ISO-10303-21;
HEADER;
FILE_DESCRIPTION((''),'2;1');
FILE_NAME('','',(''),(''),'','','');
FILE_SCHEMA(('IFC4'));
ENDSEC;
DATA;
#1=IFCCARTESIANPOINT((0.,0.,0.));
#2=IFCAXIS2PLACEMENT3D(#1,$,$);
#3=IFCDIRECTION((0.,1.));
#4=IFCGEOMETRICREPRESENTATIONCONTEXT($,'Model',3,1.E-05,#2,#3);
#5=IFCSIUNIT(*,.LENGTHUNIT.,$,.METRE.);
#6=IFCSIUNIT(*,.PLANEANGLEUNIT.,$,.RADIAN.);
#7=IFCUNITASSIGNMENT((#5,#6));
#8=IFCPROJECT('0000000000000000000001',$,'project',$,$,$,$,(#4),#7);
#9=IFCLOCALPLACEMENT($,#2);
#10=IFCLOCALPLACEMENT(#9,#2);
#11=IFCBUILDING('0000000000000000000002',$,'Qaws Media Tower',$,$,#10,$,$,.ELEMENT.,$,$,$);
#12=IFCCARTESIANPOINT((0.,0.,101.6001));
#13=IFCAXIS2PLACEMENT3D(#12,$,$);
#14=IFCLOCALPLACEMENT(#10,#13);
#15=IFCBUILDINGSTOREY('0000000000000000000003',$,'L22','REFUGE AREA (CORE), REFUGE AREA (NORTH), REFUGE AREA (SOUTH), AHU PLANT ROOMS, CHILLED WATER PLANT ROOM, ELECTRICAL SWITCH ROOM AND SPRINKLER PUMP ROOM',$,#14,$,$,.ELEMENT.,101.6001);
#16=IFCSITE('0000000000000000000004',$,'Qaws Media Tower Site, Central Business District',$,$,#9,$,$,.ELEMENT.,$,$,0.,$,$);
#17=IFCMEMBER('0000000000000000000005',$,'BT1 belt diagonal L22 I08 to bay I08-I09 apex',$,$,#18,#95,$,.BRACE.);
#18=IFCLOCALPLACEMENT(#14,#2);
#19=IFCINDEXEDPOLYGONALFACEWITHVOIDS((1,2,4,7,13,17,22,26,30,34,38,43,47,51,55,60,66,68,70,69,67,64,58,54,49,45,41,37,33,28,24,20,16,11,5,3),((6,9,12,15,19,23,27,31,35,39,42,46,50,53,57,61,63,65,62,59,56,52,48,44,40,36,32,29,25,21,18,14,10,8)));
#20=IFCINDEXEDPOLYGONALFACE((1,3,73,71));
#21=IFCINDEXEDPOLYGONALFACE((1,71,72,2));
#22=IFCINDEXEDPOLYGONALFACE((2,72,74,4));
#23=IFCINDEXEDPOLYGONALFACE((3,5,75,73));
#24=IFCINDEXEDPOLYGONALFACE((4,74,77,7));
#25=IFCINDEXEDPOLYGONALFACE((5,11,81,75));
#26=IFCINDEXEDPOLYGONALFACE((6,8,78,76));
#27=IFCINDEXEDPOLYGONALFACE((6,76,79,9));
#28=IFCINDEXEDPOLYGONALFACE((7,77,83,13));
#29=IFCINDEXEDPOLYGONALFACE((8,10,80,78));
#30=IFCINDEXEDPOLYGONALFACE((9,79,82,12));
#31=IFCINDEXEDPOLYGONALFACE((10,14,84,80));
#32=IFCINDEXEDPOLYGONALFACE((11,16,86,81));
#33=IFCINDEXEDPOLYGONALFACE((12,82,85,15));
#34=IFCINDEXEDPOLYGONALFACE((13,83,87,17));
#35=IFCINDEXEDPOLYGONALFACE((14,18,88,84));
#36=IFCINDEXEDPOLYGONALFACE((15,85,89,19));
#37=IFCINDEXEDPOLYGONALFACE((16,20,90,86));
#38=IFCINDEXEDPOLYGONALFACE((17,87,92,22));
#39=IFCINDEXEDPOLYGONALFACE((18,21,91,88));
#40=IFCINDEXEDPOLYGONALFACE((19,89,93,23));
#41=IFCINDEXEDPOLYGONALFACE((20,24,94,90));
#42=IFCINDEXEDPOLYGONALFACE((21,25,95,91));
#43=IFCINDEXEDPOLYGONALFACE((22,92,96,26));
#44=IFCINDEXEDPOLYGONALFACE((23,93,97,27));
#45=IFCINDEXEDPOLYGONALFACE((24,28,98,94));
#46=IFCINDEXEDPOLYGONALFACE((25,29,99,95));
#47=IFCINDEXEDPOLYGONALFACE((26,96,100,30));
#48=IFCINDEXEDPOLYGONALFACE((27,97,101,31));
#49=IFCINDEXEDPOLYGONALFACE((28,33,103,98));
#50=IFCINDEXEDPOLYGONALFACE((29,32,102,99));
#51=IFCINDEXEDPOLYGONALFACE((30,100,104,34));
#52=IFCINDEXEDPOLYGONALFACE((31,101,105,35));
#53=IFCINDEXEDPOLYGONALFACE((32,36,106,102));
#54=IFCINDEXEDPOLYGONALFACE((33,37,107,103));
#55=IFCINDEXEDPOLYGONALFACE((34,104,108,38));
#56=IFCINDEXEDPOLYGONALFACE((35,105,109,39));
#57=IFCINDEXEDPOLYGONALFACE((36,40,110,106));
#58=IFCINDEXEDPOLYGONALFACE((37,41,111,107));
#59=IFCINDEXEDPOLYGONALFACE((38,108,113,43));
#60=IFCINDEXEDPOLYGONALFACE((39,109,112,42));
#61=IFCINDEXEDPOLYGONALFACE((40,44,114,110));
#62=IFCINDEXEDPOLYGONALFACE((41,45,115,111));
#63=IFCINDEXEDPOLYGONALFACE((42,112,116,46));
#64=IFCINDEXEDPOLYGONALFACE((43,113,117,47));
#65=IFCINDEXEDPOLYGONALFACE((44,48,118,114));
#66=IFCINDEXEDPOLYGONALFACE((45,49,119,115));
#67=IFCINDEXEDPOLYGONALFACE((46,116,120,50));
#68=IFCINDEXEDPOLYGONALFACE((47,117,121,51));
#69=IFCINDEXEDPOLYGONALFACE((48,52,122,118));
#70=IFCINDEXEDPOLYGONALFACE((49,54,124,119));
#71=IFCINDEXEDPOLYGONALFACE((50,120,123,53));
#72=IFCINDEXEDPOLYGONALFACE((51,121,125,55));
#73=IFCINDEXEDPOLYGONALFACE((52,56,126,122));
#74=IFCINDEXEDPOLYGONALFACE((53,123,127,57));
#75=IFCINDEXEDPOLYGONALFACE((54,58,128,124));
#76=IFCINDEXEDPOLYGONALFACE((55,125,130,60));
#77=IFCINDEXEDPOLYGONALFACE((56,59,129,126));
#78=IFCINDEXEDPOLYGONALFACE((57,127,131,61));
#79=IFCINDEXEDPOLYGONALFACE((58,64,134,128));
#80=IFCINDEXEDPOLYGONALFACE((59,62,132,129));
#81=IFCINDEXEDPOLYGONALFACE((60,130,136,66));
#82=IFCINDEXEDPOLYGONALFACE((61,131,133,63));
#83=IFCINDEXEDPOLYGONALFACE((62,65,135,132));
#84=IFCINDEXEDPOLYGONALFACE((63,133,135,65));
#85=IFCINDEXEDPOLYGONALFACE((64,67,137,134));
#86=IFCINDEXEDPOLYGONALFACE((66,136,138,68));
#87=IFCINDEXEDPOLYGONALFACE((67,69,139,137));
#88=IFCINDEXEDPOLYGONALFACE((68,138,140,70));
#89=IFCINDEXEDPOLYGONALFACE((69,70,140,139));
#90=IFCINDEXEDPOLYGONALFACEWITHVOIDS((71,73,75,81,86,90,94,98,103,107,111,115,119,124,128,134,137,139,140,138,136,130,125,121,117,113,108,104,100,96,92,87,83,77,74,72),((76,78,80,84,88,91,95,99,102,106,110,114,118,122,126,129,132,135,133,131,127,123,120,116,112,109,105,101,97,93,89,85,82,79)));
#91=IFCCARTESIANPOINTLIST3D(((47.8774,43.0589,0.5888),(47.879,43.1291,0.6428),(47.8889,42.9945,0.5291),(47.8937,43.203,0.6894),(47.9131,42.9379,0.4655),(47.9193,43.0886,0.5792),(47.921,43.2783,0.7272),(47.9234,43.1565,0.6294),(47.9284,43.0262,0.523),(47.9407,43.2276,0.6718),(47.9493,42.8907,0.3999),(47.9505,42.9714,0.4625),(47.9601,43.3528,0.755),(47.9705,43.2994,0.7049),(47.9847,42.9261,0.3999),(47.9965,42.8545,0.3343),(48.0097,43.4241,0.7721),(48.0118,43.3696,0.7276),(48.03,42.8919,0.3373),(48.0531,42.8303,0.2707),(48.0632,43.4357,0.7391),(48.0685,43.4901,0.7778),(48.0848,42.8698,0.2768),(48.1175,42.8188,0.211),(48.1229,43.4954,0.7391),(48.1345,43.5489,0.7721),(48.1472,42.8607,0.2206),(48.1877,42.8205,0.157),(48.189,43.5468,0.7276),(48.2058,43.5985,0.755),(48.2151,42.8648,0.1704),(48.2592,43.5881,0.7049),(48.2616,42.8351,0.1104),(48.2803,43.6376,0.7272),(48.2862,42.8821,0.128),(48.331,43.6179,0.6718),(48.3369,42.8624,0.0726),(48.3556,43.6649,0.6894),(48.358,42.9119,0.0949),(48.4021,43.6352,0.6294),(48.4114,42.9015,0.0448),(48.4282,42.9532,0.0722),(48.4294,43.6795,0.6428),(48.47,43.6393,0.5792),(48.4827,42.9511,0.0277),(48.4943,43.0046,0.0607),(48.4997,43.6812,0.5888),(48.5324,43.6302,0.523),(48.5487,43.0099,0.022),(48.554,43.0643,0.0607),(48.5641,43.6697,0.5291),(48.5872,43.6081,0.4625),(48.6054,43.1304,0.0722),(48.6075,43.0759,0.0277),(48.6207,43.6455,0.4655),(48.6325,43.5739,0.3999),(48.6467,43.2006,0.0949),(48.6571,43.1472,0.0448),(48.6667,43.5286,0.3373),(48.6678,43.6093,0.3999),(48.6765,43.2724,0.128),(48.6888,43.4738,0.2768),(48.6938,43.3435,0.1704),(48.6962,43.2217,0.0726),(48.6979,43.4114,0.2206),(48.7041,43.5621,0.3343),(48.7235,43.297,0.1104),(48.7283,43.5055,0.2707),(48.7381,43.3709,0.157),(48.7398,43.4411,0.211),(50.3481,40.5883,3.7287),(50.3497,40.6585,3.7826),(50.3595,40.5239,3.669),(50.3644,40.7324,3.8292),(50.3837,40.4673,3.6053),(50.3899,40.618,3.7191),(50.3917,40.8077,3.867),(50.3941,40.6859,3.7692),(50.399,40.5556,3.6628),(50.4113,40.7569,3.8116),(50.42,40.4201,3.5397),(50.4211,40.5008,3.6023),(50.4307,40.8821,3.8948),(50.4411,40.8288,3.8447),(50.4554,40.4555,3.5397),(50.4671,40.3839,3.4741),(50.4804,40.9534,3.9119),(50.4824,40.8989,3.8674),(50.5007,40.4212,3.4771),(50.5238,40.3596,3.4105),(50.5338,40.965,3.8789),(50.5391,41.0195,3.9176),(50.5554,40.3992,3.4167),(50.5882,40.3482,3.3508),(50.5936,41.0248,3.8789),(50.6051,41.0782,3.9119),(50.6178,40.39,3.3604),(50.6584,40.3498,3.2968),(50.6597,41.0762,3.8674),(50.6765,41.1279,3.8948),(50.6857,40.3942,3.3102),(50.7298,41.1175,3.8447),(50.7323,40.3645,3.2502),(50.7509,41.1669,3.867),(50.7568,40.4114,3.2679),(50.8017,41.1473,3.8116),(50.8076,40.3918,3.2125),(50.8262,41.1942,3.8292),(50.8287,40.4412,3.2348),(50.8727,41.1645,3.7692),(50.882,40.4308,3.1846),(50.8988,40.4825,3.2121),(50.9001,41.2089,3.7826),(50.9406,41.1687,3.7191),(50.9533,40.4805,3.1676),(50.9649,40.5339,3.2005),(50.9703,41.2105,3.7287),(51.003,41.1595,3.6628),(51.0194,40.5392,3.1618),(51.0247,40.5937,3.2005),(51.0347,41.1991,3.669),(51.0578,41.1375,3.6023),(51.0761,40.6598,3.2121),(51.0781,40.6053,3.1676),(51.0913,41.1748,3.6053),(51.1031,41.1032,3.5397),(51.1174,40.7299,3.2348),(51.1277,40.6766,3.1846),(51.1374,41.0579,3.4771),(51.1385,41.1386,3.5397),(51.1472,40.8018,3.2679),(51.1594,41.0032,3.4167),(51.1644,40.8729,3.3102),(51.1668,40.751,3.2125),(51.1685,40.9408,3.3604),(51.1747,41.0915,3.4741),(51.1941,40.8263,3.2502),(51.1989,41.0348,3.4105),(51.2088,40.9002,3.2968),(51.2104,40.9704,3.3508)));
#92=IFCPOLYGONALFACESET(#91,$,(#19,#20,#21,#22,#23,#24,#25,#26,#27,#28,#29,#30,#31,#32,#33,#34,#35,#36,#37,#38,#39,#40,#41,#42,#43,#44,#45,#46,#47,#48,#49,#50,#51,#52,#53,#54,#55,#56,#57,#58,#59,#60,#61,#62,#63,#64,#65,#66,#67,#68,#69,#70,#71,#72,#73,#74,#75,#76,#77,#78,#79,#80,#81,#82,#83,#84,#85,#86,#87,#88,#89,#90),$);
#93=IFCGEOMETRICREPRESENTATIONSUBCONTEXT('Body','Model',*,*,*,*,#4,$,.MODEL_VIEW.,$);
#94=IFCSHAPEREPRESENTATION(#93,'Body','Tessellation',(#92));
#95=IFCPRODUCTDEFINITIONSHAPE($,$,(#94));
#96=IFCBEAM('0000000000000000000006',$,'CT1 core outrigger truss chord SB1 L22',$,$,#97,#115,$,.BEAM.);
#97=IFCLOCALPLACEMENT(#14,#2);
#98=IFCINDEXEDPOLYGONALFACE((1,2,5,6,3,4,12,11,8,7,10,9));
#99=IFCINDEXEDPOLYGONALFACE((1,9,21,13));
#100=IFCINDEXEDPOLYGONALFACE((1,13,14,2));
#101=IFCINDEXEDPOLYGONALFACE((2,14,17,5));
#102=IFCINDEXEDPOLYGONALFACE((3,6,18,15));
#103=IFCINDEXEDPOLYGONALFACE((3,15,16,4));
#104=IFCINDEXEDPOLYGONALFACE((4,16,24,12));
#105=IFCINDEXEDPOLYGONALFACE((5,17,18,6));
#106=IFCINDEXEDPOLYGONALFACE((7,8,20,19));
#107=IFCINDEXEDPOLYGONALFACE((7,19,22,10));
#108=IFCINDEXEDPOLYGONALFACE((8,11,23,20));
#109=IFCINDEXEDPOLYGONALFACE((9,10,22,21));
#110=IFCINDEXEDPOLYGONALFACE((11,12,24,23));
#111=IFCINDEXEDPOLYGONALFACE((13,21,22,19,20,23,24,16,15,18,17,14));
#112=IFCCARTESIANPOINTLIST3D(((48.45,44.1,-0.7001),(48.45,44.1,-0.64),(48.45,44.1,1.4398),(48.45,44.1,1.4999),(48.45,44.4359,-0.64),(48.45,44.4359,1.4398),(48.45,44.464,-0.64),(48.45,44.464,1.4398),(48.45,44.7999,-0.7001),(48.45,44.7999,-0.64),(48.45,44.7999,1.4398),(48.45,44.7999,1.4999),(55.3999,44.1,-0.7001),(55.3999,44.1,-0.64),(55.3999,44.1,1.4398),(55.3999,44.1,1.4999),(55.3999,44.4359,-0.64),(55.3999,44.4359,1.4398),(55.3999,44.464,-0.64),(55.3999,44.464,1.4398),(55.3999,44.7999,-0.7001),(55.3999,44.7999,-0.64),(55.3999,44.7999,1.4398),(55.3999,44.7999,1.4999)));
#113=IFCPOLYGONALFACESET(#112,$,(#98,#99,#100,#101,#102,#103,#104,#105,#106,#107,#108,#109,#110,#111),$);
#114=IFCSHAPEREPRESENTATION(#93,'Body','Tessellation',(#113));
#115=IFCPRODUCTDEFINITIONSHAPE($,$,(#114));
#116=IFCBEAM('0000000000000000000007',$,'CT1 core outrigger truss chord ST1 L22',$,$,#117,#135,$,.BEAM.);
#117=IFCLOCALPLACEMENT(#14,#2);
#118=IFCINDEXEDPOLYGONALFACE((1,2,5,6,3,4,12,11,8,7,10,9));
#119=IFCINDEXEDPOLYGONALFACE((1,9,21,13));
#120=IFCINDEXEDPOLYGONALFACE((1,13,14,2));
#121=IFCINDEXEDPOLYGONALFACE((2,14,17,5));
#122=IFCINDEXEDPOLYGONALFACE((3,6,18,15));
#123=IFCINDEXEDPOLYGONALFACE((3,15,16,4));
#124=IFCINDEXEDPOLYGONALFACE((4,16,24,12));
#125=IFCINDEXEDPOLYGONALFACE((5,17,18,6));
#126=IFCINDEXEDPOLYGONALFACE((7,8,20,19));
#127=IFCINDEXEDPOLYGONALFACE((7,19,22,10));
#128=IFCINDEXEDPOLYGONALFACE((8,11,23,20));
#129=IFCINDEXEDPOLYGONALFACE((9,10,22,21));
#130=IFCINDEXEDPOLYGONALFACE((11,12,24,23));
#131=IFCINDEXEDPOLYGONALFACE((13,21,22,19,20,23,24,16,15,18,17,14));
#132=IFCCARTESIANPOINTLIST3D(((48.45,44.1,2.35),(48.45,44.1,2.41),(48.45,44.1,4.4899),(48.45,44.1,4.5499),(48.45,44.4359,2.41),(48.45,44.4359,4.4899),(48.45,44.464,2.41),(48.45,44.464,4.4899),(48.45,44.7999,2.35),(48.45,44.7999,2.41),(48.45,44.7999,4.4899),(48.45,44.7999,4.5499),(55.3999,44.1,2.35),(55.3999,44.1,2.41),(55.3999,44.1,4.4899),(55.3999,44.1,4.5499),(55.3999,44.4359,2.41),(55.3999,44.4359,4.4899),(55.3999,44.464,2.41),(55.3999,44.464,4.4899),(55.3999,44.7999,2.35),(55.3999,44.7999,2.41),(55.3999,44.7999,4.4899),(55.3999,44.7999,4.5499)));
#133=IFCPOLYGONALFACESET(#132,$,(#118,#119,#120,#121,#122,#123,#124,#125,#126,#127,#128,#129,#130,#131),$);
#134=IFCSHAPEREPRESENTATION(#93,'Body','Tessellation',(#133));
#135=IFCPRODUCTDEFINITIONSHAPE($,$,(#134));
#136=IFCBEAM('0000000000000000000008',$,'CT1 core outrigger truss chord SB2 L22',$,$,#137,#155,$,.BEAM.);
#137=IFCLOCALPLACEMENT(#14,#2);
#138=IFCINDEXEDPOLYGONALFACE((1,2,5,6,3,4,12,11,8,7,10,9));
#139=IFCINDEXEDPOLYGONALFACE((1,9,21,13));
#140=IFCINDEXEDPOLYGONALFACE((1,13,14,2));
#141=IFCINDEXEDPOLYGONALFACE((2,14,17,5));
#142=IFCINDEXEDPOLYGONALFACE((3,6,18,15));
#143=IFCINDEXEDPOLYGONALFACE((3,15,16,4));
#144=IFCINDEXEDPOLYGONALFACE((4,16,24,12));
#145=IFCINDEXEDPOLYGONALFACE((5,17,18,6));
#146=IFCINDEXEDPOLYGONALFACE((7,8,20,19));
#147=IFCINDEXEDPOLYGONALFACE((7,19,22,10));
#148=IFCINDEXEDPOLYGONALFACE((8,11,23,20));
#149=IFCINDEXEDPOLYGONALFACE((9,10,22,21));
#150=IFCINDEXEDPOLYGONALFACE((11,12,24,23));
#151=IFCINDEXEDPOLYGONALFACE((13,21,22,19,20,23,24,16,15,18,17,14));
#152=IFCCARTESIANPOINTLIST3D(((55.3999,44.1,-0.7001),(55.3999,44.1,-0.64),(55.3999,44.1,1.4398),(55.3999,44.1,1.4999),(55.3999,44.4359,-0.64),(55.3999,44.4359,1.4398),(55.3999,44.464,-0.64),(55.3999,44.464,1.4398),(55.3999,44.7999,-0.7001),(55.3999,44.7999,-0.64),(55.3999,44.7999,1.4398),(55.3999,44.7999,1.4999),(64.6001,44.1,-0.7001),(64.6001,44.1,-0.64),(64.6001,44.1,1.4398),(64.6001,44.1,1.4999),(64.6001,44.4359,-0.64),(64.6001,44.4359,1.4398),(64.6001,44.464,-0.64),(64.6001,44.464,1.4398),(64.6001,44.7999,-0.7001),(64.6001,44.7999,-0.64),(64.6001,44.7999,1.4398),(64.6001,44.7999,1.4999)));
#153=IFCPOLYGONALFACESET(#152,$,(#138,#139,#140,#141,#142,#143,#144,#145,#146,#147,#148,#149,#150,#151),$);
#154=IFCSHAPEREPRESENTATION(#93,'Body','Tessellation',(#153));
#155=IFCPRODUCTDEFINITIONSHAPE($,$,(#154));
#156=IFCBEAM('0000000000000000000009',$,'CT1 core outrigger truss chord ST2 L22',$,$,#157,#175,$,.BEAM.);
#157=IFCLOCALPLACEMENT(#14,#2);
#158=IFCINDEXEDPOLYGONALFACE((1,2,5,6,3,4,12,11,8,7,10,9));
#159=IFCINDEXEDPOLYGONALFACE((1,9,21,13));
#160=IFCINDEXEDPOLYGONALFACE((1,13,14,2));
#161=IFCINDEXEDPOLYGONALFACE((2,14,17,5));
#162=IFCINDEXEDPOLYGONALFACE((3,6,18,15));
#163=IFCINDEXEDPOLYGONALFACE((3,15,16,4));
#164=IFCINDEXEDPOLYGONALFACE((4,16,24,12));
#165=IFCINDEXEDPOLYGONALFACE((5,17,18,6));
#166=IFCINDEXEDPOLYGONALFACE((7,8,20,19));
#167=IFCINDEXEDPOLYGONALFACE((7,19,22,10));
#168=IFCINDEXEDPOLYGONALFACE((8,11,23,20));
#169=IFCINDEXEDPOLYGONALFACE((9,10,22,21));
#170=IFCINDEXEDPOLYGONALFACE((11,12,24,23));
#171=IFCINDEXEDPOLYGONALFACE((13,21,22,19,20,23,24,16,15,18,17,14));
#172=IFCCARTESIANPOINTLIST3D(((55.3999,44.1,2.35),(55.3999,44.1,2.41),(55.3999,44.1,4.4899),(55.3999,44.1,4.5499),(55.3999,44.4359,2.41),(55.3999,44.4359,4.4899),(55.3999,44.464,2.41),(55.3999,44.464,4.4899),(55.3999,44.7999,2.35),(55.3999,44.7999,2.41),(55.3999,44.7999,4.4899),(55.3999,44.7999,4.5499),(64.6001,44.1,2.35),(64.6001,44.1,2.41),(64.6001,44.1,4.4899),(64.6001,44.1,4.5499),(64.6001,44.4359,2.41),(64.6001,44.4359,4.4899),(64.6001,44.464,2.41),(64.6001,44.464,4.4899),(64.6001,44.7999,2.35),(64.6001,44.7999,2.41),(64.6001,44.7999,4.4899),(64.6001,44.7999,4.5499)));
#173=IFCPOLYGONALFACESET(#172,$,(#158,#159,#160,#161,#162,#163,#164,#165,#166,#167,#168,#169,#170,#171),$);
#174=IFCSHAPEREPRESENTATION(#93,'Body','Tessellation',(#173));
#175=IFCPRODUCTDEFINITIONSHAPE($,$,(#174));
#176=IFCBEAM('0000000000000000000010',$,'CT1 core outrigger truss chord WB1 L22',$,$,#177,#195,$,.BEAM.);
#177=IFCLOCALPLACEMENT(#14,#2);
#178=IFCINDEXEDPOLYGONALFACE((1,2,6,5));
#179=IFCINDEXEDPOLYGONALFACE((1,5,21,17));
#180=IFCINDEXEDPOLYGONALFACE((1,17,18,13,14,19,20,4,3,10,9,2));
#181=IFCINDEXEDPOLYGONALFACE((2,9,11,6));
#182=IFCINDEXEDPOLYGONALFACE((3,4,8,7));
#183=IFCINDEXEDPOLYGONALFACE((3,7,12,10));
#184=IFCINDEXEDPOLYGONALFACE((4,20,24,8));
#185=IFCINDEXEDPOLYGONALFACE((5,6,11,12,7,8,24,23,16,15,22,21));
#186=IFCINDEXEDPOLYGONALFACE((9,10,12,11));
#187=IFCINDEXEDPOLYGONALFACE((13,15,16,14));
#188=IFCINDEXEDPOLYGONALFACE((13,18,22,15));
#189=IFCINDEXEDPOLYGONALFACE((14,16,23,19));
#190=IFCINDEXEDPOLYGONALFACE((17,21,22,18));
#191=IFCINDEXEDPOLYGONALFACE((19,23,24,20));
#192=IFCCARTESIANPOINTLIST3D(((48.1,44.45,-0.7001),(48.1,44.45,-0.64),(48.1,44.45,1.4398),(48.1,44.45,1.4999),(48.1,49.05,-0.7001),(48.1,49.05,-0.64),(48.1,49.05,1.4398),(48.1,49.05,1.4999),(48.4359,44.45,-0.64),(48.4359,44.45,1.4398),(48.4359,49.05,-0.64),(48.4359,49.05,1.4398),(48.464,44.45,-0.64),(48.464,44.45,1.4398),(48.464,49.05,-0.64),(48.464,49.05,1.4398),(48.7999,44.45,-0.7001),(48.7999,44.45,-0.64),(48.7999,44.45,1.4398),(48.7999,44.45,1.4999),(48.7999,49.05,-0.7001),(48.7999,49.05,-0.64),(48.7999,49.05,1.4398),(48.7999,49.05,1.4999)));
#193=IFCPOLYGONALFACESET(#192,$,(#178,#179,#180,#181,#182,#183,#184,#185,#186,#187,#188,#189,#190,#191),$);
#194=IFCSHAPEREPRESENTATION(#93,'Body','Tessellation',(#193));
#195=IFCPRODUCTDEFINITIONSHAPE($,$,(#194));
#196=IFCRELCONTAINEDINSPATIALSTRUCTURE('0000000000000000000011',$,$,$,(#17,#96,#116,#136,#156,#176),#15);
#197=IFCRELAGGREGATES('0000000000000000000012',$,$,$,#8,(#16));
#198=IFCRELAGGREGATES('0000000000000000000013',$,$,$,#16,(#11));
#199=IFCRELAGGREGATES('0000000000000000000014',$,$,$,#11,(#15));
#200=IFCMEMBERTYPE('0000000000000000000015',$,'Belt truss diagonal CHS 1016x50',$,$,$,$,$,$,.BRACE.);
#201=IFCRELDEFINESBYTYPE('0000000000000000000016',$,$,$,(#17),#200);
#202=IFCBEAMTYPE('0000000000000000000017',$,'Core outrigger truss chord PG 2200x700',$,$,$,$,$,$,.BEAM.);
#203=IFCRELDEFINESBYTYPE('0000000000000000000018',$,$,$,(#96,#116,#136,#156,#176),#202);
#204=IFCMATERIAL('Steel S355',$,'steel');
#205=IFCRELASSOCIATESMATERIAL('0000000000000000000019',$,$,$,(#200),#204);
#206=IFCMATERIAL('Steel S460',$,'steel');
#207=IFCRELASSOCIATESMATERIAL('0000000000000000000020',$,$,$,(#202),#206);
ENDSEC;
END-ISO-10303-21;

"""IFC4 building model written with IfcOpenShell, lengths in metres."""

from ifc_helpers import new_model, si_unit, direction, frame, origin, origin_2d, place, context, subcontext, project, spatial, hollow_circle, i_section, extrude, material, material_profile, profile_set, type_object, element, save


model = new_model("IFC4")

# Units and contexts
model_context = context("Model", 3, precision=1e-05, world=origin(), true_north=direction((0.0, 1.0)))
body_context = subcontext(model_context, "Body", "Model", "MODEL_VIEW")
ifc_project = project(units=[si_unit("LENGTHUNIT", "METRE"), si_unit("PLANEANGLEUNIT", "RADIAN")], contexts=[model_context])

# Site, building, storey
site_placement = place(None, origin())
site = spatial("IfcSite", under=ifc_project, at=site_placement, Name="Qaws Media Tower Site, Central Business District", CompositionType="ELEMENT", RefElevation=0.0)
building_placement = place(site_placement, origin())
building = spatial("IfcBuilding", under=site, at=building_placement, Name="Qaws Media Tower", CompositionType="ELEMENT")
storey_placement = place(building_placement, frame((0.0, 0.0, 101.6001)))
storey = spatial("IfcBuildingStorey", under=building, at=storey_placement, Name="L22", Description="REFUGE AREA (CORE), REFUGE AREA (NORTH), REFUGE AREA (SOUTH), AHU PLANT ROOMS, CHILLED WATER PLANT ROOM, ELECTRICAL SWITCH ROOM AND SPRINKLER PUMP ROOM", CompositionType="ELEMENT", Elevation=101.6001)

# Member
ifc_material_1 = material(Name="Steel S355", Category="steel")
ifc_material_profile_1 = material_profile(ifc_material_1, hollow_circle(Radius=0.5081, WallThickness=0.05, at=origin_2d()), Name="CHS 1016x50")
ifc_profile_set_1 = profile_set([ifc_material_profile_1], Name="Steel S355")
member_type_1 = type_object("IfcMemberType", Name="Belt truss diagonal CHS 1016x50", PredefinedType="BRACE", material=ifc_profile_set_1)
for number, where, z_axis, x_axis, name in (
    (1, (48.3086, 43.25, 0.3999), (0.525947, -0.525947, 0.6684), (0.707107, 0.707107, 0.0), "BT1 belt diagonal L22 I08 to bay I08-I09 apex"),
):
    element("IfcMember", number, at=place(storey_placement, frame(where, z_axis=z_axis, x_axis=x_axis)), inside=storey, type_object=member_type_1, Name=name, PredefinedType="BRACE", context=body_context, shape_type="SweptSolid", body=[
        extrude(hollow_circle(Radius=0.5081, WallThickness=0.05, at=origin_2d()), origin(), (0.0, 0.0, 1.0), 4.6975),
    ])

# Beams
ifc_material_2 = material(Name="Steel S460", Category="steel")
ifc_material_profile_2 = material_profile(ifc_material_2, i_section(OverallWidth=0.7, OverallDepth=2.2, WebThickness=0.0281, FlangeThickness=0.0601, at=origin_2d()), Name="PG 2200x700")
ifc_profile_set_2 = profile_set([ifc_material_profile_2], Name="Steel S460")
beam_type_1 = type_object("IfcBeamType", Name="Core outrigger truss chord PG 2200x700", PredefinedType="BEAM", material=ifc_profile_set_2)
for number, where, z_axis, x_axis, name in (
    (2, (48.45, 44.45, 0.3999), (1.0, 0.0, 0.0), (0.0, 1.0, 0.0), "CT1 core outrigger truss chord SB1 L22"),
    (3, (48.45, 44.45, 3.45), (1.0, 0.0, 0.0), (0.0, 1.0, 0.0), "CT1 core outrigger truss chord ST1 L22"),
):
    element("IfcBeam", number, at=place(storey_placement, frame(where, z_axis=z_axis, x_axis=x_axis)), inside=storey, type_object=beam_type_1, Name=name, PredefinedType="BEAM", context=body_context, shape_type="SweptSolid", body=[
        extrude(i_section(OverallWidth=0.7, OverallDepth=2.2, WebThickness=0.0281, FlangeThickness=0.0601, at=origin_2d()), origin(), (0.0, 0.0, 1.0), 6.95),
    ])
for number, where, z_axis, x_axis, name in (
    (4, (55.3999, 44.45, 0.3999), (1.0, 0.0, 0.0), (0.0, 1.0, 0.0), "CT1 core outrigger truss chord SB2 L22"),
    (5, (55.3999, 44.45, 3.45), (1.0, 0.0, 0.0), (0.0, 1.0, 0.0), "CT1 core outrigger truss chord ST2 L22"),
):
    element("IfcBeam", number, at=place(storey_placement, frame(where, z_axis=z_axis, x_axis=x_axis)), inside=storey, type_object=beam_type_1, Name=name, PredefinedType="BEAM", context=body_context, shape_type="SweptSolid", body=[
        extrude(i_section(OverallWidth=0.7, OverallDepth=2.2, WebThickness=0.0281, FlangeThickness=0.0601, at=origin_2d()), origin(), (0.0, 0.0, 1.0), 9.2002),
    ])
for number, where, z_axis, x_axis, name in (
    (6, (48.45, 44.45, 0.3999), (0.0, 1.0, 0.0), (-1.0, 0.0, 0.0), "CT1 core outrigger truss chord WB1 L22"),
):
    element("IfcBeam", number, at=place(storey_placement, frame(where, z_axis=z_axis, x_axis=x_axis)), inside=storey, type_object=beam_type_1, Name=name, PredefinedType="BEAM", context=body_context, shape_type="SweptSolid", body=[
        extrude(i_section(OverallWidth=0.7, OverallDepth=2.2, WebThickness=0.0281, FlangeThickness=0.0601, at=origin_2d()), origin(), (0.0, 0.0, 1.0), 4.6001),
    ])

save(model, "model.ifc")
